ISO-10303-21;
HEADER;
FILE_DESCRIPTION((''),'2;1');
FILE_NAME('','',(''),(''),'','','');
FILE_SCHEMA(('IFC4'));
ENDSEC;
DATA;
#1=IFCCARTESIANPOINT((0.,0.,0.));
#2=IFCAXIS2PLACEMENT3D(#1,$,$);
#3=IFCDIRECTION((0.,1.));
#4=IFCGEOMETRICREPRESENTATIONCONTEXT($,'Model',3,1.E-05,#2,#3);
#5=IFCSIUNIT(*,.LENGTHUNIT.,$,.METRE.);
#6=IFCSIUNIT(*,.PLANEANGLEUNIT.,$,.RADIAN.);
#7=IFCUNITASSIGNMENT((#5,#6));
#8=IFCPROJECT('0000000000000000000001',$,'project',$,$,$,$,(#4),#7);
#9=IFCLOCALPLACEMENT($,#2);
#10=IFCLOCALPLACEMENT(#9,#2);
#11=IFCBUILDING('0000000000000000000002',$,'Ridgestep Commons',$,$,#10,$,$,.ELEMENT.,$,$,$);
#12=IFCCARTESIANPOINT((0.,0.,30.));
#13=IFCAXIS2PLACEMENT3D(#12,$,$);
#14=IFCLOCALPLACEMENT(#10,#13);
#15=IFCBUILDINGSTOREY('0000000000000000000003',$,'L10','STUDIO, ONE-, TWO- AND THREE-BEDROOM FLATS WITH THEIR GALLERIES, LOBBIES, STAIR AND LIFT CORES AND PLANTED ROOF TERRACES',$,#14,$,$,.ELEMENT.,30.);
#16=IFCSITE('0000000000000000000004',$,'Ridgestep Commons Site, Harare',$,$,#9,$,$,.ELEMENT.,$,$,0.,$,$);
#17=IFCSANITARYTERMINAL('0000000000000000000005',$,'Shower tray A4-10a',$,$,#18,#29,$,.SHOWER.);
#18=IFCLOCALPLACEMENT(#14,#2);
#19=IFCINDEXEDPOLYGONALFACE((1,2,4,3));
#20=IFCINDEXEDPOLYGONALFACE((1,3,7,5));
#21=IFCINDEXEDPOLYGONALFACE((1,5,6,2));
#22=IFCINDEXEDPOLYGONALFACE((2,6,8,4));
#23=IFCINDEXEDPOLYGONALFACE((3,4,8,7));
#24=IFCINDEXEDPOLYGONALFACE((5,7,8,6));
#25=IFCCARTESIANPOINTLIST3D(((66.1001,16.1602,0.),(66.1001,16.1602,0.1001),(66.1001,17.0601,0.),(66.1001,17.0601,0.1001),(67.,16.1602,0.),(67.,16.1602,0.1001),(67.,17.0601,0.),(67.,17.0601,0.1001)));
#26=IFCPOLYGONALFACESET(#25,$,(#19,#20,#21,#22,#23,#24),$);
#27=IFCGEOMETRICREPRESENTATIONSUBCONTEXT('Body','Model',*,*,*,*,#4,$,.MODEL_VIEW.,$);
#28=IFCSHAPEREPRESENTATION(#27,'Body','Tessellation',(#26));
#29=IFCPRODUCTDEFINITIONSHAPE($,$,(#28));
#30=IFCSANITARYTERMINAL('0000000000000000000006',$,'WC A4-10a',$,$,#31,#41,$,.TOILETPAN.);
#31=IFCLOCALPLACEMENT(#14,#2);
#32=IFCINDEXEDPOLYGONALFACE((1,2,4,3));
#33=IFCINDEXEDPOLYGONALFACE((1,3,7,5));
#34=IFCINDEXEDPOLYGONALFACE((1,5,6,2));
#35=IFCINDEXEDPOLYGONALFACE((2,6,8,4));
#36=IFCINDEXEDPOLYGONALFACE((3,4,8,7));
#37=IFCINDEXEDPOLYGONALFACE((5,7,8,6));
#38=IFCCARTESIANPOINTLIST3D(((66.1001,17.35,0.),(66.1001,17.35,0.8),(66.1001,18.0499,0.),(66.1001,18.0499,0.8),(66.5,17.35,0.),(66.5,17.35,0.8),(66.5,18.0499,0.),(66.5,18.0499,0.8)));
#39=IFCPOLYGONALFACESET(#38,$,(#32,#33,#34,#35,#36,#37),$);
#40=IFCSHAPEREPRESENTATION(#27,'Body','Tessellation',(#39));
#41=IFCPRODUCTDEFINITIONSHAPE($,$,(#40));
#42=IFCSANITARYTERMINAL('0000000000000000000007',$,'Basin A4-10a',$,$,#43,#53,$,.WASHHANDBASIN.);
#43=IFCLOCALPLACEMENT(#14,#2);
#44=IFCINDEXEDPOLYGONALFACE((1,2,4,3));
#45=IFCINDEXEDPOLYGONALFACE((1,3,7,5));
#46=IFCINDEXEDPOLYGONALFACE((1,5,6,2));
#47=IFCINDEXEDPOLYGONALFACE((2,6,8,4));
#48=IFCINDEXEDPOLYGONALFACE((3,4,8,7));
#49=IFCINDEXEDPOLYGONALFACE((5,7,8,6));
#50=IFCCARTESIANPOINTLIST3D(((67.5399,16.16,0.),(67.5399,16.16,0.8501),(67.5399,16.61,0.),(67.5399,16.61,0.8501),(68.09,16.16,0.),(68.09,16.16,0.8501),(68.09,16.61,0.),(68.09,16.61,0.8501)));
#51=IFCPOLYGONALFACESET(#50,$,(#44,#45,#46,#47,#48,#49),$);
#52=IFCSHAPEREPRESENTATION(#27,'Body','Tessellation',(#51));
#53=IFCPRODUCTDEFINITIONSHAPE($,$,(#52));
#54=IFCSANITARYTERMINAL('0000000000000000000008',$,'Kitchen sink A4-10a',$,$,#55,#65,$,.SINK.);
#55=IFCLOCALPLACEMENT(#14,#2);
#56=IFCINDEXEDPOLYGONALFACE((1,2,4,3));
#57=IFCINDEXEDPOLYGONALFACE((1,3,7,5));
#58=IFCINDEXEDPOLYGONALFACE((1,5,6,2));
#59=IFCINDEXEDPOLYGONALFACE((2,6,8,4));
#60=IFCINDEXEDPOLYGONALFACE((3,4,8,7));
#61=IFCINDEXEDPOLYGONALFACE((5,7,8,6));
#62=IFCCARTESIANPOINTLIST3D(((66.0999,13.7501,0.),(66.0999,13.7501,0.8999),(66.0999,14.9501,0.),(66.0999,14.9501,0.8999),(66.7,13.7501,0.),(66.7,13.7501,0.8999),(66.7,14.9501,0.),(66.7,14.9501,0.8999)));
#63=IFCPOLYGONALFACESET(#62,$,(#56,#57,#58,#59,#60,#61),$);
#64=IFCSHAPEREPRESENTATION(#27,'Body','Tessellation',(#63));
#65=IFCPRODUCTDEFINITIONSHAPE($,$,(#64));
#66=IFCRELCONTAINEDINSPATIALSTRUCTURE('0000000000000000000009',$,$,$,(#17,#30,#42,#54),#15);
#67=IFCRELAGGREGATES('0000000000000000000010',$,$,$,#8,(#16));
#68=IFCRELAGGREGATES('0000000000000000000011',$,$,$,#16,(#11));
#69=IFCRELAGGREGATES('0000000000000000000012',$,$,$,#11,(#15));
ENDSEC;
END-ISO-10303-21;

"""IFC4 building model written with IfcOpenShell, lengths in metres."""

from ifc_helpers import new_model, si_unit, direction, frame, origin, origin_2d, place, context, subcontext, project, spatial, rectangle, extrude, element, save


model = new_model("IFC4")

# Units and contexts
model_context = context("Model", 3, precision=1e-05, world=origin(), true_north=direction((0.0, 1.0)))
body_context = subcontext(model_context, "Body", "Model", "MODEL_VIEW")
ifc_project = project(units=[si_unit("LENGTHUNIT", "METRE"), si_unit("PLANEANGLEUNIT", "RADIAN")], contexts=[model_context])

# Site, building, storey
site_placement = place(None, origin())
site = spatial("IfcSite", under=ifc_project, at=site_placement, Name="Ridgestep Commons Site, Harare", CompositionType="ELEMENT", RefElevation=0.0)
building_placement = place(site_placement, origin())
building = spatial("IfcBuilding", under=site, at=building_placement, Name="Ridgestep Commons", CompositionType="ELEMENT")
storey_placement = place(building_placement, frame((0.0, 0.0, 30.0)))
storey = spatial("IfcBuildingStorey", under=building, at=storey_placement, Name="L10", Description="STUDIO, ONE-, TWO- AND THREE-BEDROOM FLATS WITH THEIR GALLERIES, LOBBIES, STAIR AND LIFT CORES AND PLANTED ROOF TERRACES", CompositionType="ELEMENT", Elevation=30.0)

# Sanitary terminals
sanitary_terminal_1_placement = place(storey_placement, frame((66.55, 16.6101, 0.0), z_axis=(0.0, 0.0, 1.0), x_axis=(1.0, 0.0, 0.0)))
element("IfcSanitaryTerminal", 1, at=sanitary_terminal_1_placement, inside=storey, Name="Shower tray A4-10a", PredefinedType="SHOWER", context=body_context, shape_type="SweptSolid", body=[
    extrude(rectangle(XDim=0.8999, YDim=0.8999, at=origin_2d()), origin(), (0.0, 0.0, 1.0), 0.1001),
])
sanitary_terminal_2_placement = place(storey_placement, frame((66.3, 17.7, 0.0), z_axis=(0.0, 0.0, 1.0), x_axis=(1.0, 0.0, 0.0)))
element("IfcSanitaryTerminal", 2, at=sanitary_terminal_2_placement, inside=storey, Name="WC A4-10a", PredefinedType="TOILETPAN", context=body_context, shape_type="SweptSolid", body=[
    extrude(rectangle(XDim=0.3999, YDim=0.7, at=origin_2d()), origin(), (0.0, 0.0, 1.0), 0.8),
])
sanitary_terminal_3_placement = place(storey_placement, frame((67.8149, 16.385, 0.0), z_axis=(0.0, 0.0, 1.0), x_axis=(1.0, 0.0, 0.0)))
element("IfcSanitaryTerminal", 3, at=sanitary_terminal_3_placement, inside=storey, Name="Basin A4-10a", PredefinedType="WASHHANDBASIN", context=body_context, shape_type="SweptSolid", body=[
    extrude(rectangle(XDim=0.55, YDim=0.45, at=origin_2d()), origin(), (0.0, 0.0, 1.0), 0.8501),
])
sanitary_terminal_4_placement = place(storey_placement, frame((66.3999, 14.3501, 0.0), z_axis=(0.0, 0.0, 1.0), x_axis=(1.0, 0.0, 0.0)))
element("IfcSanitaryTerminal", 4, at=sanitary_terminal_4_placement, inside=storey, Name="Kitchen sink A4-10a", PredefinedType="SINK", context=body_context, shape_type="SweptSolid", body=[
    extrude(rectangle(XDim=0.6001, YDim=1.2, at=origin_2d()), origin(), (0.0, 0.0, 1.0), 0.8999),
])

save(model, "model.ifc")
